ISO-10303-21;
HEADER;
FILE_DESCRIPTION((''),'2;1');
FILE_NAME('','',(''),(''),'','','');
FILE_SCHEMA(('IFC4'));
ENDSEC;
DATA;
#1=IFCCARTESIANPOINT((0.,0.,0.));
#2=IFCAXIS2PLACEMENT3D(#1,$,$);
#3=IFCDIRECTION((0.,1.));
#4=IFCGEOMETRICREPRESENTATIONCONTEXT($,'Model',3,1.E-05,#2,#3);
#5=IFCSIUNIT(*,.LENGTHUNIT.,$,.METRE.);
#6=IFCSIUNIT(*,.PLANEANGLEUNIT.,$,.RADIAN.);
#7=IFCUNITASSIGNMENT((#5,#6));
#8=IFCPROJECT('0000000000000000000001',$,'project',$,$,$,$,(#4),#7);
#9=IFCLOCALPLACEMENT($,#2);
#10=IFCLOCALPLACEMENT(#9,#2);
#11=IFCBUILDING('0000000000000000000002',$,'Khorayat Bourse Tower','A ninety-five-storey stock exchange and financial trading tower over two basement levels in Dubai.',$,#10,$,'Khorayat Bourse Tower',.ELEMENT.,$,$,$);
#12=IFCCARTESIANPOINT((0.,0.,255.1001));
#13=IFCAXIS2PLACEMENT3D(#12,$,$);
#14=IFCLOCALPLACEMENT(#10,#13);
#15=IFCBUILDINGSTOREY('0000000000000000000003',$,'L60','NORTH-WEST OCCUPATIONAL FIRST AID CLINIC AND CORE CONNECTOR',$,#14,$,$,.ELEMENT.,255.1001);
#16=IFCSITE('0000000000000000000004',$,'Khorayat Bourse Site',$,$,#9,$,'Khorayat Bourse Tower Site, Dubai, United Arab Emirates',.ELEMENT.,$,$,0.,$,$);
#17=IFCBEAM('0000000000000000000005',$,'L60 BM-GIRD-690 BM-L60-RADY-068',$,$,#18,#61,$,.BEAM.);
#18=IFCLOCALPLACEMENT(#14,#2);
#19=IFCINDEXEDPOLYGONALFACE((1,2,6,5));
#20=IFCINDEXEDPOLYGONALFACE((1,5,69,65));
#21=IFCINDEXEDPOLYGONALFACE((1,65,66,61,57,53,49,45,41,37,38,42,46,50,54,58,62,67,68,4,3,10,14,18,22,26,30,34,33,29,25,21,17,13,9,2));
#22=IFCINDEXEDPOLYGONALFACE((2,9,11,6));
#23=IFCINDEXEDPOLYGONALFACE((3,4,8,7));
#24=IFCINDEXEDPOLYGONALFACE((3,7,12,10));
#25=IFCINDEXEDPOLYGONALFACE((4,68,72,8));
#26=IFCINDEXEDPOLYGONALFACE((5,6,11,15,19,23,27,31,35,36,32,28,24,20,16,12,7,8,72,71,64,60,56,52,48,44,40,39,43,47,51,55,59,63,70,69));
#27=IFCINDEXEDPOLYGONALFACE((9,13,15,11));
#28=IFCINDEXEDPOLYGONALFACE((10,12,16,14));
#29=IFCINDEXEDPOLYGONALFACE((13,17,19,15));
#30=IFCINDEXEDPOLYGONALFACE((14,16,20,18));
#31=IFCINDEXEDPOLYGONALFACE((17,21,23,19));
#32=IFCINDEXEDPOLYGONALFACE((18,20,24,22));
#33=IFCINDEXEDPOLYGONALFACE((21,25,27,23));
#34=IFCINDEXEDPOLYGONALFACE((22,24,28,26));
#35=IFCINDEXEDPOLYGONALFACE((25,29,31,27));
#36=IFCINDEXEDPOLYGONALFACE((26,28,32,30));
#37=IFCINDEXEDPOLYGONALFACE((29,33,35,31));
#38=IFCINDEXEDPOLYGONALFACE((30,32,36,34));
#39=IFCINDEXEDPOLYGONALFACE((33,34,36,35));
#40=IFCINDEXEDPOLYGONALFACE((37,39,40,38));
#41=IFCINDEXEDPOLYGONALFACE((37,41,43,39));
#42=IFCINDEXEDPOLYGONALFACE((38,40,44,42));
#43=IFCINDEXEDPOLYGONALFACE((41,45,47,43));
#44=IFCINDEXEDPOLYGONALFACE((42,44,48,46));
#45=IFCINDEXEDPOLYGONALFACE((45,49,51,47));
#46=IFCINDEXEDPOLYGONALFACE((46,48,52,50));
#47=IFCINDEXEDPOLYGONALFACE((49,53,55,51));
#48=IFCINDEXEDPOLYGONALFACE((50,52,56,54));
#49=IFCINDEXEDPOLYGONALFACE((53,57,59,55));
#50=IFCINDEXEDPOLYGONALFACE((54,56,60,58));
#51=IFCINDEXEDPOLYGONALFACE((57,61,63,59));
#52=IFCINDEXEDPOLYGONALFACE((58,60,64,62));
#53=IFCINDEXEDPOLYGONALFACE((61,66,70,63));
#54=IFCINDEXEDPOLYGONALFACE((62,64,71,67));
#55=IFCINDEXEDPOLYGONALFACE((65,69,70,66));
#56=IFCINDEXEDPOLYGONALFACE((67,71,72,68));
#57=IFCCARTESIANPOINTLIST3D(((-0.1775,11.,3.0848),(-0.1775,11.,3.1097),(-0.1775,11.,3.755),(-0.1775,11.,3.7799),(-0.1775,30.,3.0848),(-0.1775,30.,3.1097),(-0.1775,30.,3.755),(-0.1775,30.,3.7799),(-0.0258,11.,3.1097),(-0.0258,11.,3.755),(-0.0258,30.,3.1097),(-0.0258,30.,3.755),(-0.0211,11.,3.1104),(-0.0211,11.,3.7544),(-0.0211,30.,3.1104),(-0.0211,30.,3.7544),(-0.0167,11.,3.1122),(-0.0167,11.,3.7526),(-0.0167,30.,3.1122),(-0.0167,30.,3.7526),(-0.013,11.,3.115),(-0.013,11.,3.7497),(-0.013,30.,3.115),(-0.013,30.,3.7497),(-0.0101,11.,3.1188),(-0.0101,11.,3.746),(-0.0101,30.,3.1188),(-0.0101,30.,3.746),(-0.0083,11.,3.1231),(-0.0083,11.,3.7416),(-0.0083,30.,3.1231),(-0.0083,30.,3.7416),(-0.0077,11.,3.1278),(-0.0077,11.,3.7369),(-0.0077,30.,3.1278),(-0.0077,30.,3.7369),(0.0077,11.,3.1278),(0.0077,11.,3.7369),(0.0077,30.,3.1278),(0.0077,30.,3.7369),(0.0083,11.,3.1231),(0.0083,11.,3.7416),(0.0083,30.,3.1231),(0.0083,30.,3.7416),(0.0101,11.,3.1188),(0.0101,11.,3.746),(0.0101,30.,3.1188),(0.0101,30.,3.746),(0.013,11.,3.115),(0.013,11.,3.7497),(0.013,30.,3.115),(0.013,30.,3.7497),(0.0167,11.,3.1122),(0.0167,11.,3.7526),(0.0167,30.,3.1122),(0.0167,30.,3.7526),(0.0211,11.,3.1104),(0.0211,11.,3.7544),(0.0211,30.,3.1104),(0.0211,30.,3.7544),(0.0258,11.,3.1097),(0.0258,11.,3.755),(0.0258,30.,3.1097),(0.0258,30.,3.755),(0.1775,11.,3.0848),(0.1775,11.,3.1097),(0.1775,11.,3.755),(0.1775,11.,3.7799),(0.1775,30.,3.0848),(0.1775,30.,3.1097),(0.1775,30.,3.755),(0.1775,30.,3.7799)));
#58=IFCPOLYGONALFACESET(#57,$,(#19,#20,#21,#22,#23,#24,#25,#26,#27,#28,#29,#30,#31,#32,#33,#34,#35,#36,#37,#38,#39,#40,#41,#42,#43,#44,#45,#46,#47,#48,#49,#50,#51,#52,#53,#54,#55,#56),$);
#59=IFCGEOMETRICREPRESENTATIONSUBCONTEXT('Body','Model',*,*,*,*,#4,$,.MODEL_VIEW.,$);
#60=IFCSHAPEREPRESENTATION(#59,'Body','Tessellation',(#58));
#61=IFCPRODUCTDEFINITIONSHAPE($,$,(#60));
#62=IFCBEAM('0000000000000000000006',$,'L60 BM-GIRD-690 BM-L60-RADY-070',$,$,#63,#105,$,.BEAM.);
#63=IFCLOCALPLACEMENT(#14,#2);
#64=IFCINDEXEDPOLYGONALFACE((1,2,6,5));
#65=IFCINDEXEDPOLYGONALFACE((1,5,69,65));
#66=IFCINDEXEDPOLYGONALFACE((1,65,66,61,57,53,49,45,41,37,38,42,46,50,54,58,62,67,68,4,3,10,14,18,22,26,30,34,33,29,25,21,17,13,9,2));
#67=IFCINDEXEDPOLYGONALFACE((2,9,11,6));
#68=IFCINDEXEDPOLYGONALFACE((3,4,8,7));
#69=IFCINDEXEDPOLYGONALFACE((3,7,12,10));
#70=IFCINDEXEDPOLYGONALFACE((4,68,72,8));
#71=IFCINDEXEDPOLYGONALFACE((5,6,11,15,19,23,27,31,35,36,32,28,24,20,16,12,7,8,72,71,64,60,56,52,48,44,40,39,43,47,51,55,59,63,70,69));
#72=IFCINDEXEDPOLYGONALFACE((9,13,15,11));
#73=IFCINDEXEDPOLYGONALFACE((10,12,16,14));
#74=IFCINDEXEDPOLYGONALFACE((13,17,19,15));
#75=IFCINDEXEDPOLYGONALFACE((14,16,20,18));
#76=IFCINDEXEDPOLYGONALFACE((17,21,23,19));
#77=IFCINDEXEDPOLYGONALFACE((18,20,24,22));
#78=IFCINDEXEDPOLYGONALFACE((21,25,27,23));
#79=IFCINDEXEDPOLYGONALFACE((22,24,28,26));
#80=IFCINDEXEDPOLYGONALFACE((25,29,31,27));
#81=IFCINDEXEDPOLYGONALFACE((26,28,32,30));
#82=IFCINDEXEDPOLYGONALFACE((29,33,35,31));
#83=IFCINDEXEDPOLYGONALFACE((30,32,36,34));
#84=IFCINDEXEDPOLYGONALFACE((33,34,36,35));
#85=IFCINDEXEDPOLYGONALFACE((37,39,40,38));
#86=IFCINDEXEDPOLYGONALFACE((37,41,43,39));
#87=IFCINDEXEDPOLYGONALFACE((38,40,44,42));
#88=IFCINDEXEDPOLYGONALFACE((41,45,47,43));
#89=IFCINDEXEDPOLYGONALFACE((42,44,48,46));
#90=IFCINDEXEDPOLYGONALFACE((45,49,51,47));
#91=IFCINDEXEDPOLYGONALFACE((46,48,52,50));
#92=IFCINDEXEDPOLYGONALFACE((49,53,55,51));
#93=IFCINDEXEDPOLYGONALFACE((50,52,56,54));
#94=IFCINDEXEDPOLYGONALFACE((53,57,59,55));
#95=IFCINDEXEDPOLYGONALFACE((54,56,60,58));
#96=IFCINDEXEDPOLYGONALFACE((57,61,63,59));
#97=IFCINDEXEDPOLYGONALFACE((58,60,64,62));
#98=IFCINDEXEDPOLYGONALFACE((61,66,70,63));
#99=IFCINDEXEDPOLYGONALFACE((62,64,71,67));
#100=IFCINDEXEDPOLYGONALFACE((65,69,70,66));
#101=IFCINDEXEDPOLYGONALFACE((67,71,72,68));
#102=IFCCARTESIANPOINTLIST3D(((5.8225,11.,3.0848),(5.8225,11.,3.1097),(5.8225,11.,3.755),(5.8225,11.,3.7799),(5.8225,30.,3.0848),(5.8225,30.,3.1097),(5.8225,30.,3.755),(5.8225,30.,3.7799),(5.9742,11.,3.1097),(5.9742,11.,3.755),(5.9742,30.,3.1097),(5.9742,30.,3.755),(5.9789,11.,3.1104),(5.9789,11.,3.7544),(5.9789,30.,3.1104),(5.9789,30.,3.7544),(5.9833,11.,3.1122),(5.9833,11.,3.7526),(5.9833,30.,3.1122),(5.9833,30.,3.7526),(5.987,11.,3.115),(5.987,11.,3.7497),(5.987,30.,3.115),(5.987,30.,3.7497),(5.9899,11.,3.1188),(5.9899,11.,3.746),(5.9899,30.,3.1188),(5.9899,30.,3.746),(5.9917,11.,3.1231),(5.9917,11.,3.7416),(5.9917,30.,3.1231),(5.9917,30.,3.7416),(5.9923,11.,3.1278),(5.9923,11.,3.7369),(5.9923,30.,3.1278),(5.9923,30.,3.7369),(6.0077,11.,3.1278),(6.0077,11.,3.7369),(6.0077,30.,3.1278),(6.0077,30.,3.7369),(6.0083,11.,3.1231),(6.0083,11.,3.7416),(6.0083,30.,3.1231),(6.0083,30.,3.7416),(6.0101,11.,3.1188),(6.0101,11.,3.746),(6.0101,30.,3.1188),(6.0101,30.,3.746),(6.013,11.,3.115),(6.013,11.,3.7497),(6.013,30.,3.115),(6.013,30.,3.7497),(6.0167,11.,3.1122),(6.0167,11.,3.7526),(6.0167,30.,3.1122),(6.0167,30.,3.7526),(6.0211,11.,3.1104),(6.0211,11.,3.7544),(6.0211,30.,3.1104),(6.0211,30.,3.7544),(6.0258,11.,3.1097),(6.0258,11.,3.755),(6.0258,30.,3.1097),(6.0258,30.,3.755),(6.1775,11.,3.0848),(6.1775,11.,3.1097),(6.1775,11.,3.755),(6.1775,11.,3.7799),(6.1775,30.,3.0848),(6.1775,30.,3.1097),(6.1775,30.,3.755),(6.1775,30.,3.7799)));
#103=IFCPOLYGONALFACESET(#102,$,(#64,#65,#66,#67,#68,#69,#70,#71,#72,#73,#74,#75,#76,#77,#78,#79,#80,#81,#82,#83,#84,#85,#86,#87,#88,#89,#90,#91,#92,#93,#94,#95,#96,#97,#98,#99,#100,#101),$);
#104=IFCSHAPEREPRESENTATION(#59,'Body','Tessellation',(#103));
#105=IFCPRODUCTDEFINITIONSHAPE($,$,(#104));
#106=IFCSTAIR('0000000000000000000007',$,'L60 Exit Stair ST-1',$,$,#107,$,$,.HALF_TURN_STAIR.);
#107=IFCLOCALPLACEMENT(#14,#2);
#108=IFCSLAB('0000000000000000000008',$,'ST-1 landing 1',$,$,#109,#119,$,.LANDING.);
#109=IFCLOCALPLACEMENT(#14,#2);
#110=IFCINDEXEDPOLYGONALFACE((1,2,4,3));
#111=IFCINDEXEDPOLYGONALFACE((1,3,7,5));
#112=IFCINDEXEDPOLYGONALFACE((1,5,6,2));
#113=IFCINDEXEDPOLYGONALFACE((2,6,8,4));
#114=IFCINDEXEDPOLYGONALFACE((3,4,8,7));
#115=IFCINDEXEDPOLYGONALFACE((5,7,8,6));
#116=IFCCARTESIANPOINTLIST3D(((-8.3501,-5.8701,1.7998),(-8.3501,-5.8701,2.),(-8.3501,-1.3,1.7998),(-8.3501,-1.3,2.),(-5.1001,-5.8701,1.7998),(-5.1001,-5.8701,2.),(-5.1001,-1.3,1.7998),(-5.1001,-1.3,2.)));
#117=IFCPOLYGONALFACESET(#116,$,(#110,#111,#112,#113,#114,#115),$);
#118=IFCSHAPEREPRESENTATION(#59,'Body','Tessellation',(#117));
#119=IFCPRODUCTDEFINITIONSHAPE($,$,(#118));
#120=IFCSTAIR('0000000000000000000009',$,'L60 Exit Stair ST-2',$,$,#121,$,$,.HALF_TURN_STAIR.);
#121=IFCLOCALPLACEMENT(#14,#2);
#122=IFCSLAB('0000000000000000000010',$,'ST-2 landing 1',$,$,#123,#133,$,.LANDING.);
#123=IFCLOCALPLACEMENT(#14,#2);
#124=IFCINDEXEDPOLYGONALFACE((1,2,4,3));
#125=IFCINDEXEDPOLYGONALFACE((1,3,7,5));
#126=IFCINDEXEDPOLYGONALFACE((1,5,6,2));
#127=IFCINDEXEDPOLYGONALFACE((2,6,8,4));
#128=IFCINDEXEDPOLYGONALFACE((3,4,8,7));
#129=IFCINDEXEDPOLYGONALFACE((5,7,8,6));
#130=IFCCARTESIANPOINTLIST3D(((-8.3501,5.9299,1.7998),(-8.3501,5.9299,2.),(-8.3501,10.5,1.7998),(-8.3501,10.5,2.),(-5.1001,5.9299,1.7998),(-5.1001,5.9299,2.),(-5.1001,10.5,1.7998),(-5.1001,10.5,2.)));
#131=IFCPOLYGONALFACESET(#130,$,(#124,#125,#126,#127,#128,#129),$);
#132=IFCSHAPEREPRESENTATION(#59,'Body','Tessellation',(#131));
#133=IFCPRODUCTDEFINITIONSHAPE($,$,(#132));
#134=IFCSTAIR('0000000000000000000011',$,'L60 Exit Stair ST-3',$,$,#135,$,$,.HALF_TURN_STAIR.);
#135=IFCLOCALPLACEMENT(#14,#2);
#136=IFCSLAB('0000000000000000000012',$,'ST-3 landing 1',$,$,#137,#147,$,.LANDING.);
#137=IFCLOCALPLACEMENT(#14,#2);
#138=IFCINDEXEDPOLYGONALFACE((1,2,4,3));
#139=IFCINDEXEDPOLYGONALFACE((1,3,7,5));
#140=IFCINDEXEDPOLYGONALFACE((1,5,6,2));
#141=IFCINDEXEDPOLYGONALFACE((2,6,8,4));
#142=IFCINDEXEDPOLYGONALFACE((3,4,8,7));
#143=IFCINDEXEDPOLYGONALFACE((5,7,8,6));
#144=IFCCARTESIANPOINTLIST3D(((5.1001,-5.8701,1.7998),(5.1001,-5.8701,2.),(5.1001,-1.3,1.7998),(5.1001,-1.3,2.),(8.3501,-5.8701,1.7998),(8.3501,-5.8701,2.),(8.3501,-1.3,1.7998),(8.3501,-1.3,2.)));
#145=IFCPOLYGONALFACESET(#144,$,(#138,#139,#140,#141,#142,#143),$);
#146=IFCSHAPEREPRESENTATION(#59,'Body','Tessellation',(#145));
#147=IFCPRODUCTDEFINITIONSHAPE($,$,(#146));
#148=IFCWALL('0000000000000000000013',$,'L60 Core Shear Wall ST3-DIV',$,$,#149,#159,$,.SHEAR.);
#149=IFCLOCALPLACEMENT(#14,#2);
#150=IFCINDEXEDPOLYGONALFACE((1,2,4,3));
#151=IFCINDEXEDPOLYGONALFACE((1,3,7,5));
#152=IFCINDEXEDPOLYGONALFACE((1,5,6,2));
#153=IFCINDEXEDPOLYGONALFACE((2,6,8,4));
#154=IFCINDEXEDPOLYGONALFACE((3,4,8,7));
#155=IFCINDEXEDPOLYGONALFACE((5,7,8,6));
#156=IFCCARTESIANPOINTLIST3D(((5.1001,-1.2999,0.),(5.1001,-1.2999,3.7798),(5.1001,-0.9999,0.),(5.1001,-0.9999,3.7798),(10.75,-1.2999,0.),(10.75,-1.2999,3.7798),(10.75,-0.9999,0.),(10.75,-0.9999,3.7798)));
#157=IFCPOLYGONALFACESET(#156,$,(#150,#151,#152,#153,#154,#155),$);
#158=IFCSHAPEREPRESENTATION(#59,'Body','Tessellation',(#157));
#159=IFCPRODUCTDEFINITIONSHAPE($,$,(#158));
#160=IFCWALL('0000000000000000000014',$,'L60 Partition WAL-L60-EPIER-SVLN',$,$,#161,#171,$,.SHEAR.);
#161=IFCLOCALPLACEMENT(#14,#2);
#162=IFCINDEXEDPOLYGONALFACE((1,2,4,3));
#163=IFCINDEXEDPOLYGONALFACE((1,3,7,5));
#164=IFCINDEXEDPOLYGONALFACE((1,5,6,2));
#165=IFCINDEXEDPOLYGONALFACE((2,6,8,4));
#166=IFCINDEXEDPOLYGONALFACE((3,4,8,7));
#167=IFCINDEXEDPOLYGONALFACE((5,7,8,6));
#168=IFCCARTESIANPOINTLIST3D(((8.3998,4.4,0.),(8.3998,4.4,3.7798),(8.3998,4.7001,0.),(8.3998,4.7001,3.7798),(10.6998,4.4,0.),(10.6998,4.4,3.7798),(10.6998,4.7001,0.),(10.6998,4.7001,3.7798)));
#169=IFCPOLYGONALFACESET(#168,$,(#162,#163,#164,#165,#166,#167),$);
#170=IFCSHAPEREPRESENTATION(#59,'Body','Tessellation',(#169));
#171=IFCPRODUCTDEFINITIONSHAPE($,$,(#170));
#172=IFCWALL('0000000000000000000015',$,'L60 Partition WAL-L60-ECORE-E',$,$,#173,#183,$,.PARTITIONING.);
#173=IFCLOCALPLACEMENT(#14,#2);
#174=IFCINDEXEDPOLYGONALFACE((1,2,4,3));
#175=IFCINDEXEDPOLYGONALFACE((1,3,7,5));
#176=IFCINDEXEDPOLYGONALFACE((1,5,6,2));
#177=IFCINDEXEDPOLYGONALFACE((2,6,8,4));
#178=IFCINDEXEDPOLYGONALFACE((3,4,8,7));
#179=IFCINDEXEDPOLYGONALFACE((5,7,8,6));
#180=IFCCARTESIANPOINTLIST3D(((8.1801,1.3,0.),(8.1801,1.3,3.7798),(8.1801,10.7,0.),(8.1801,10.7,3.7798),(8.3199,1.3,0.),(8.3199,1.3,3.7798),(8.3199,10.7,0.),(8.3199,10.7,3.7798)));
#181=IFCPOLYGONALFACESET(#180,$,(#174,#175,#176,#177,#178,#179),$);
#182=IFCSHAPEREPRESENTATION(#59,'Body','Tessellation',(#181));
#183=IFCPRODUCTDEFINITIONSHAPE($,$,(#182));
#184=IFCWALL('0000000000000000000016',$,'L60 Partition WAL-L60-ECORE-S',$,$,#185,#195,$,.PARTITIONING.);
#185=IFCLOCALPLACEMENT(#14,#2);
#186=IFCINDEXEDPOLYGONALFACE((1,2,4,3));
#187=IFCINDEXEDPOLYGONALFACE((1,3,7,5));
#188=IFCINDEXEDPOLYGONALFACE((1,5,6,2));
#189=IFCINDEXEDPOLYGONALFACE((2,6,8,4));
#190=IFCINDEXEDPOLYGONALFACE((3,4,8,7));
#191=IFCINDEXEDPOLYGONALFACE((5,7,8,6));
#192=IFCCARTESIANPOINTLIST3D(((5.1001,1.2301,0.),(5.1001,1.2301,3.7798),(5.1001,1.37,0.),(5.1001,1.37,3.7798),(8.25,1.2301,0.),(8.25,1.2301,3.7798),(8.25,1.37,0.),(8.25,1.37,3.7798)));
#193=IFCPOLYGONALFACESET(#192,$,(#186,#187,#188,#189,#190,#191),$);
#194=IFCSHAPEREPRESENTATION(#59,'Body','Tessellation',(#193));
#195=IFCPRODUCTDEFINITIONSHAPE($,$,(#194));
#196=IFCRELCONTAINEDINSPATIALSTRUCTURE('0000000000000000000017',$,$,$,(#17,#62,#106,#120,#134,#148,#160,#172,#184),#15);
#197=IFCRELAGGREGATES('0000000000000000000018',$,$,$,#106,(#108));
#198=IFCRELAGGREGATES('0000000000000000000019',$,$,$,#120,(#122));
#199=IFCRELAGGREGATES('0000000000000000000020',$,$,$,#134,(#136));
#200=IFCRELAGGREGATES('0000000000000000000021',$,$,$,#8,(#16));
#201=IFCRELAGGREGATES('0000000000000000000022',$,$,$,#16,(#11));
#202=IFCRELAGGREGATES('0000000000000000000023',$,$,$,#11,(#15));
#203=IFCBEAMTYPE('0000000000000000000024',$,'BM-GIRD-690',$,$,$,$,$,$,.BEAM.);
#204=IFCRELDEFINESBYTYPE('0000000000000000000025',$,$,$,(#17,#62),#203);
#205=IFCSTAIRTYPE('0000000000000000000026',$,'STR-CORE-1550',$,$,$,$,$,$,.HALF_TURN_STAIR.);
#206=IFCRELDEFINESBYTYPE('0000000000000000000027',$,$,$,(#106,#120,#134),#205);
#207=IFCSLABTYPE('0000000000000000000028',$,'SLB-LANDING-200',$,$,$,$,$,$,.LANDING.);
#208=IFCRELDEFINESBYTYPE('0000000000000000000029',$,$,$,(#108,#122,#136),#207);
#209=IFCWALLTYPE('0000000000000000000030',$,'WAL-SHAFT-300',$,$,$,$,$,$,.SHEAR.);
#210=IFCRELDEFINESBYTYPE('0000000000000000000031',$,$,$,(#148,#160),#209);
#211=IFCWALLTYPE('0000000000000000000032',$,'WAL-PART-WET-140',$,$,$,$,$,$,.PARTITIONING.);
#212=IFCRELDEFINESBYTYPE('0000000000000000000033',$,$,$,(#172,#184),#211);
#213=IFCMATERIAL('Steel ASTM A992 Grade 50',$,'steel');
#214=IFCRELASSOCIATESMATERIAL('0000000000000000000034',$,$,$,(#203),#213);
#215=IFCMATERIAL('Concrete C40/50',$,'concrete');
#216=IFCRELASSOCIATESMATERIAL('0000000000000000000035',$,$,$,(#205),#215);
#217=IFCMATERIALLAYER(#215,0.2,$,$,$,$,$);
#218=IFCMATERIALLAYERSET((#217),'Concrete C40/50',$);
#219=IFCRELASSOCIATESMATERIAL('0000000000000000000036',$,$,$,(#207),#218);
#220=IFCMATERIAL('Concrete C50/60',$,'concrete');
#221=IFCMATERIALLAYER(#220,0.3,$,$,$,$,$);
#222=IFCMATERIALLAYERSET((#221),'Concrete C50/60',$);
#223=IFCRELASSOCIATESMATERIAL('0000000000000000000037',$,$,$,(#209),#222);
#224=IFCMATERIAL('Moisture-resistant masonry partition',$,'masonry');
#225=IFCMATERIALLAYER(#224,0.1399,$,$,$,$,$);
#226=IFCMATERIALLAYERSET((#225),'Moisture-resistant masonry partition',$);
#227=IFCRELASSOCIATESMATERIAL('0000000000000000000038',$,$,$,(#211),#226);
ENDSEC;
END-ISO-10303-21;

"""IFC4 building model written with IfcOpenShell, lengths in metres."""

from ifc_helpers import new_model, si_unit, direction, frame, frame_2d, origin, origin_2d, place, context, subcontext, project, spatial, polyline, rectangle, i_section, outline, extrude, source, transform, mapped, material, layer, layer_set, material_profile, profile_set, type_object, element, aggregate, save


model = new_model("IFC4")

# Units and contexts
model_context = context("Model", 3, precision=1e-05, world=origin(), true_north=direction((0.0, 1.0)))
body_context = subcontext(model_context, "Body", "Model", "MODEL_VIEW")
ifc_project = project(units=[si_unit("LENGTHUNIT", "METRE"), si_unit("PLANEANGLEUNIT", "RADIAN")], contexts=[model_context])

# Site, building, storey
site_placement = place(None, origin())
site = spatial("IfcSite", under=ifc_project, at=site_placement, Name="Khorayat Bourse Site", LongName="Khorayat Bourse Tower Site, Dubai, United Arab Emirates", CompositionType="ELEMENT", RefElevation=0.0)
building_placement = place(site_placement, origin())
building = spatial("IfcBuilding", under=site, at=building_placement, Name="Khorayat Bourse Tower", Description="A ninety-five-storey stock exchange and financial trading tower over two basement levels in Dubai.", LongName="Khorayat Bourse Tower", CompositionType="ELEMENT")
storey_placement = place(building_placement, frame((0.0, 0.0, 255.1001)))
storey = spatial("IfcBuildingStorey", under=building, at=storey_placement, Name="L60", Description="NORTH-WEST OCCUPATIONAL FIRST AID CLINIC AND CORE CONNECTOR", CompositionType="ELEMENT", Elevation=255.1001)

# Beams
ifc_material_1 = material(Name="Steel ASTM A992 Grade 50", Category="steel")
ifc_material_profile_1 = material_profile(ifc_material_1, i_section(OverallWidth=0.355, OverallDepth=0.6951, WebThickness=0.0154, FlangeThickness=0.0249, FilletRadius=0.0181, at=origin_2d()), Name="W690X217")
ifc_profile_set_1 = profile_set([ifc_material_profile_1], Name="Steel ASTM A992 Grade 50")
beam_type_1 = type_object("IfcBeamType", Name="BM-GIRD-690", PredefinedType="BEAM", material=ifc_profile_set_1)
shared_shape_1 = source(origin(), body_context, "Body", "SweptSolid", [
    extrude(i_section(OverallWidth=0.355, OverallDepth=0.6951, WebThickness=0.0154, FlangeThickness=0.0249, FilletRadius=0.0181, at=origin_2d()), origin(), (0.0, 0.0, 1.0), 19.0),
])
for number, where, z_axis, x_axis, name in (
    (1, (0.0, 11.0, 3.4324), (0.0, 1.0, 0.0), (-1.0, 0.0, 0.0), "L60 BM-GIRD-690 BM-L60-RADY-068"),
    (2, (6.0, 11.0, 3.4324), (0.0, 1.0, 0.0), (-1.0, 0.0, 0.0), "L60 BM-GIRD-690 BM-L60-RADY-070"),
):
    element("IfcBeam", number, at=place(storey_placement, frame(where, z_axis=z_axis, x_axis=x_axis)), inside=storey, type_object=beam_type_1, Name=name, PredefinedType="BEAM", context=body_context, shape_type="MappedRepresentation", body=[
        mapped(shared_shape_1, transform((0.0, 0.0, 0.0), scale=1.0)),
    ])

# Stairs, slabs
ifc_material_2 = material(Name="Concrete C40/50", Category="concrete")
stair_type = type_object("IfcStairType", Name="STR-CORE-1550", PredefinedType="HALF_TURN_STAIR", material=ifc_material_2)
stair_1_placement = place(storey_placement, origin())
stair_1 = element("IfcStair", 3, at=stair_1_placement, inside=storey, type_object=stair_type, Name="L60 Exit Stair ST-1", PredefinedType="HALF_TURN_STAIR")
ifc_layer_1 = layer(ifc_material_2, 0.2)
ifc_layer_set_1 = layer_set([ifc_layer_1], Name="Concrete C40/50")
slab_type = type_object("IfcSlabType", Name="SLB-LANDING-200", PredefinedType="LANDING", material=ifc_layer_set_1)
slab_1_placement = place(storey_placement, frame((0.0, 0.0, 1.7998)))
slab_1 = element("IfcSlab", 4, at=slab_1_placement, type_object=slab_type, Name="ST-1 landing 1", PredefinedType="LANDING", context=body_context, shape_type="SweptSolid", body=[
    extrude(outline(polyline([(-5.1001, -5.8701), (-5.1001, -1.3), (-8.3501, -1.3), (-8.3501, -5.8701), (-5.1001, -5.8701)])), origin(), (0.0, 0.0, 1.0), 0.2002),
])
aggregate(stair_1, [slab_1])
stair_2_placement = place(storey_placement, origin())
stair_2 = element("IfcStair", 5, at=stair_2_placement, inside=storey, type_object=stair_type, Name="L60 Exit Stair ST-2", PredefinedType="HALF_TURN_STAIR")
slab_2_placement = place(storey_placement, frame((0.0, 0.0, 1.7998)))
slab_2 = element("IfcSlab", 6, at=slab_2_placement, type_object=slab_type, Name="ST-2 landing 1", PredefinedType="LANDING", context=body_context, shape_type="SweptSolid", body=[
    extrude(outline(polyline([(-5.1001, 5.9299), (-5.1001, 10.5), (-8.3501, 10.5), (-8.3501, 5.9299), (-5.1001, 5.9299)])), origin(), (0.0, 0.0, 1.0), 0.2002),
])
aggregate(stair_2, [slab_2])
stair_3_placement = place(storey_placement, origin())
stair_3 = element("IfcStair", 7, at=stair_3_placement, inside=storey, type_object=stair_type, Name="L60 Exit Stair ST-3", PredefinedType="HALF_TURN_STAIR")
slab_3_placement = place(storey_placement, frame((0.0, 0.0, 1.7998)))
slab_3 = element("IfcSlab", 8, at=slab_3_placement, type_object=slab_type, Name="ST-3 landing 1", PredefinedType="LANDING", context=body_context, shape_type="SweptSolid", body=[
    extrude(outline(polyline([(8.3501, -5.8701), (8.3501, -1.3), (5.1001, -1.3), (5.1001, -5.8701), (8.3501, -5.8701)])), origin(), (0.0, 0.0, 1.0), 0.2002),
])
aggregate(stair_3, [slab_3])

# Walls
ifc_material_3 = material(Name="Concrete C50/60", Category="concrete")
ifc_layer_2 = layer(ifc_material_3, 0.3)
ifc_layer_set_2 = layer_set([ifc_layer_2], Name="Concrete C50/60")
wall_type_1 = type_object("IfcWallType", Name="WAL-SHAFT-300", PredefinedType="SHEAR", material=ifc_layer_set_2)
shared_shape_2 = source(origin(), body_context, "Body", "SweptSolid", [
    extrude(rectangle(XDim=5.6499, YDim=0.3, at=frame_2d((2.825, 0.0))), origin(), (0.0, 0.0, 1.0), 3.7798),
])
wall_1_placement = place(storey_placement, frame((5.1001, -1.1499, 0.0), z_axis=(0.0, 0.0, 1.0), x_axis=(1.0, 0.0, 0.0)))
element("IfcWall", 9, at=wall_1_placement, inside=storey, type_object=wall_type_1, Name="L60 Core Shear Wall ST3-DIV", PredefinedType="SHEAR", context=body_context, shape_type="MappedRepresentation", body=[
    mapped(shared_shape_2, transform((0.0, 0.0, 0.0), scale=1.0)),
])
shared_shape_3 = source(origin(), body_context, "Body", "SweptSolid", [
    extrude(rectangle(XDim=2.3, YDim=0.3, at=frame_2d((1.1499, 0.0))), origin(), (0.0, 0.0, 1.0), 3.7798),
])
wall_2_placement = place(storey_placement, frame((8.3999, 4.55, 0.0), z_axis=(0.0, 0.0, 1.0), x_axis=(1.0, 0.0, 0.0)))
element("IfcWall", 10, at=wall_2_placement, inside=storey, type_object=wall_type_1, Name="L60 Partition WAL-L60-EPIER-SVLN", PredefinedType="SHEAR", context=body_context, shape_type="MappedRepresentation", body=[
    mapped(shared_shape_3, transform((0.0, 0.0, 0.0), scale=1.0)),
])
ifc_material_4 = material(Name="Moisture-resistant masonry partition", Category="masonry")
ifc_layer_3 = layer(ifc_material_4, 0.1399)
ifc_layer_set_3 = layer_set([ifc_layer_3], Name="Moisture-resistant masonry partition")
wall_type_2 = type_object("IfcWallType", Name="WAL-PART-WET-140", PredefinedType="PARTITIONING", material=ifc_layer_set_3)
shared_shape_4 = source(origin(), body_context, "Body", "SweptSolid", [
    extrude(rectangle(XDim=9.3999, YDim=0.1399, at=frame_2d((4.7, 0.0))), origin(), (0.0, 0.0, 1.0), 3.7798),
])
wall_3_placement = place(storey_placement, frame((8.25, 1.3, 0.0), z_axis=(0.0, 0.0, 1.0), x_axis=(0.0, 1.0, 0.0)))
element("IfcWall", 11, at=wall_3_placement, inside=storey, type_object=wall_type_2, Name="L60 Partition WAL-L60-ECORE-E", PredefinedType="PARTITIONING", context=body_context, shape_type="MappedRepresentation", body=[
    mapped(shared_shape_4, transform((0.0, 0.0, 0.0), scale=1.0)),
])
shared_shape_5 = source(origin(), body_context, "Body", "SweptSolid", [
    extrude(rectangle(XDim=3.1499, YDim=0.1399, at=frame_2d((1.575, 0.0))), origin(), (0.0, 0.0, 1.0), 3.7798),
])
wall_4_placement = place(storey_placement, frame((5.1001, 1.3, 0.0), z_axis=(0.0, 0.0, 1.0), x_axis=(1.0, 0.0, 0.0)))
element("IfcWall", 12, at=wall_4_placement, inside=storey, type_object=wall_type_2, Name="L60 Partition WAL-L60-ECORE-S", PredefinedType="PARTITIONING", context=body_context, shape_type="MappedRepresentation", body=[
    mapped(shared_shape_5, transform((0.0, 0.0, 0.0), scale=1.0)),
])

save(model, "model.ifc")
